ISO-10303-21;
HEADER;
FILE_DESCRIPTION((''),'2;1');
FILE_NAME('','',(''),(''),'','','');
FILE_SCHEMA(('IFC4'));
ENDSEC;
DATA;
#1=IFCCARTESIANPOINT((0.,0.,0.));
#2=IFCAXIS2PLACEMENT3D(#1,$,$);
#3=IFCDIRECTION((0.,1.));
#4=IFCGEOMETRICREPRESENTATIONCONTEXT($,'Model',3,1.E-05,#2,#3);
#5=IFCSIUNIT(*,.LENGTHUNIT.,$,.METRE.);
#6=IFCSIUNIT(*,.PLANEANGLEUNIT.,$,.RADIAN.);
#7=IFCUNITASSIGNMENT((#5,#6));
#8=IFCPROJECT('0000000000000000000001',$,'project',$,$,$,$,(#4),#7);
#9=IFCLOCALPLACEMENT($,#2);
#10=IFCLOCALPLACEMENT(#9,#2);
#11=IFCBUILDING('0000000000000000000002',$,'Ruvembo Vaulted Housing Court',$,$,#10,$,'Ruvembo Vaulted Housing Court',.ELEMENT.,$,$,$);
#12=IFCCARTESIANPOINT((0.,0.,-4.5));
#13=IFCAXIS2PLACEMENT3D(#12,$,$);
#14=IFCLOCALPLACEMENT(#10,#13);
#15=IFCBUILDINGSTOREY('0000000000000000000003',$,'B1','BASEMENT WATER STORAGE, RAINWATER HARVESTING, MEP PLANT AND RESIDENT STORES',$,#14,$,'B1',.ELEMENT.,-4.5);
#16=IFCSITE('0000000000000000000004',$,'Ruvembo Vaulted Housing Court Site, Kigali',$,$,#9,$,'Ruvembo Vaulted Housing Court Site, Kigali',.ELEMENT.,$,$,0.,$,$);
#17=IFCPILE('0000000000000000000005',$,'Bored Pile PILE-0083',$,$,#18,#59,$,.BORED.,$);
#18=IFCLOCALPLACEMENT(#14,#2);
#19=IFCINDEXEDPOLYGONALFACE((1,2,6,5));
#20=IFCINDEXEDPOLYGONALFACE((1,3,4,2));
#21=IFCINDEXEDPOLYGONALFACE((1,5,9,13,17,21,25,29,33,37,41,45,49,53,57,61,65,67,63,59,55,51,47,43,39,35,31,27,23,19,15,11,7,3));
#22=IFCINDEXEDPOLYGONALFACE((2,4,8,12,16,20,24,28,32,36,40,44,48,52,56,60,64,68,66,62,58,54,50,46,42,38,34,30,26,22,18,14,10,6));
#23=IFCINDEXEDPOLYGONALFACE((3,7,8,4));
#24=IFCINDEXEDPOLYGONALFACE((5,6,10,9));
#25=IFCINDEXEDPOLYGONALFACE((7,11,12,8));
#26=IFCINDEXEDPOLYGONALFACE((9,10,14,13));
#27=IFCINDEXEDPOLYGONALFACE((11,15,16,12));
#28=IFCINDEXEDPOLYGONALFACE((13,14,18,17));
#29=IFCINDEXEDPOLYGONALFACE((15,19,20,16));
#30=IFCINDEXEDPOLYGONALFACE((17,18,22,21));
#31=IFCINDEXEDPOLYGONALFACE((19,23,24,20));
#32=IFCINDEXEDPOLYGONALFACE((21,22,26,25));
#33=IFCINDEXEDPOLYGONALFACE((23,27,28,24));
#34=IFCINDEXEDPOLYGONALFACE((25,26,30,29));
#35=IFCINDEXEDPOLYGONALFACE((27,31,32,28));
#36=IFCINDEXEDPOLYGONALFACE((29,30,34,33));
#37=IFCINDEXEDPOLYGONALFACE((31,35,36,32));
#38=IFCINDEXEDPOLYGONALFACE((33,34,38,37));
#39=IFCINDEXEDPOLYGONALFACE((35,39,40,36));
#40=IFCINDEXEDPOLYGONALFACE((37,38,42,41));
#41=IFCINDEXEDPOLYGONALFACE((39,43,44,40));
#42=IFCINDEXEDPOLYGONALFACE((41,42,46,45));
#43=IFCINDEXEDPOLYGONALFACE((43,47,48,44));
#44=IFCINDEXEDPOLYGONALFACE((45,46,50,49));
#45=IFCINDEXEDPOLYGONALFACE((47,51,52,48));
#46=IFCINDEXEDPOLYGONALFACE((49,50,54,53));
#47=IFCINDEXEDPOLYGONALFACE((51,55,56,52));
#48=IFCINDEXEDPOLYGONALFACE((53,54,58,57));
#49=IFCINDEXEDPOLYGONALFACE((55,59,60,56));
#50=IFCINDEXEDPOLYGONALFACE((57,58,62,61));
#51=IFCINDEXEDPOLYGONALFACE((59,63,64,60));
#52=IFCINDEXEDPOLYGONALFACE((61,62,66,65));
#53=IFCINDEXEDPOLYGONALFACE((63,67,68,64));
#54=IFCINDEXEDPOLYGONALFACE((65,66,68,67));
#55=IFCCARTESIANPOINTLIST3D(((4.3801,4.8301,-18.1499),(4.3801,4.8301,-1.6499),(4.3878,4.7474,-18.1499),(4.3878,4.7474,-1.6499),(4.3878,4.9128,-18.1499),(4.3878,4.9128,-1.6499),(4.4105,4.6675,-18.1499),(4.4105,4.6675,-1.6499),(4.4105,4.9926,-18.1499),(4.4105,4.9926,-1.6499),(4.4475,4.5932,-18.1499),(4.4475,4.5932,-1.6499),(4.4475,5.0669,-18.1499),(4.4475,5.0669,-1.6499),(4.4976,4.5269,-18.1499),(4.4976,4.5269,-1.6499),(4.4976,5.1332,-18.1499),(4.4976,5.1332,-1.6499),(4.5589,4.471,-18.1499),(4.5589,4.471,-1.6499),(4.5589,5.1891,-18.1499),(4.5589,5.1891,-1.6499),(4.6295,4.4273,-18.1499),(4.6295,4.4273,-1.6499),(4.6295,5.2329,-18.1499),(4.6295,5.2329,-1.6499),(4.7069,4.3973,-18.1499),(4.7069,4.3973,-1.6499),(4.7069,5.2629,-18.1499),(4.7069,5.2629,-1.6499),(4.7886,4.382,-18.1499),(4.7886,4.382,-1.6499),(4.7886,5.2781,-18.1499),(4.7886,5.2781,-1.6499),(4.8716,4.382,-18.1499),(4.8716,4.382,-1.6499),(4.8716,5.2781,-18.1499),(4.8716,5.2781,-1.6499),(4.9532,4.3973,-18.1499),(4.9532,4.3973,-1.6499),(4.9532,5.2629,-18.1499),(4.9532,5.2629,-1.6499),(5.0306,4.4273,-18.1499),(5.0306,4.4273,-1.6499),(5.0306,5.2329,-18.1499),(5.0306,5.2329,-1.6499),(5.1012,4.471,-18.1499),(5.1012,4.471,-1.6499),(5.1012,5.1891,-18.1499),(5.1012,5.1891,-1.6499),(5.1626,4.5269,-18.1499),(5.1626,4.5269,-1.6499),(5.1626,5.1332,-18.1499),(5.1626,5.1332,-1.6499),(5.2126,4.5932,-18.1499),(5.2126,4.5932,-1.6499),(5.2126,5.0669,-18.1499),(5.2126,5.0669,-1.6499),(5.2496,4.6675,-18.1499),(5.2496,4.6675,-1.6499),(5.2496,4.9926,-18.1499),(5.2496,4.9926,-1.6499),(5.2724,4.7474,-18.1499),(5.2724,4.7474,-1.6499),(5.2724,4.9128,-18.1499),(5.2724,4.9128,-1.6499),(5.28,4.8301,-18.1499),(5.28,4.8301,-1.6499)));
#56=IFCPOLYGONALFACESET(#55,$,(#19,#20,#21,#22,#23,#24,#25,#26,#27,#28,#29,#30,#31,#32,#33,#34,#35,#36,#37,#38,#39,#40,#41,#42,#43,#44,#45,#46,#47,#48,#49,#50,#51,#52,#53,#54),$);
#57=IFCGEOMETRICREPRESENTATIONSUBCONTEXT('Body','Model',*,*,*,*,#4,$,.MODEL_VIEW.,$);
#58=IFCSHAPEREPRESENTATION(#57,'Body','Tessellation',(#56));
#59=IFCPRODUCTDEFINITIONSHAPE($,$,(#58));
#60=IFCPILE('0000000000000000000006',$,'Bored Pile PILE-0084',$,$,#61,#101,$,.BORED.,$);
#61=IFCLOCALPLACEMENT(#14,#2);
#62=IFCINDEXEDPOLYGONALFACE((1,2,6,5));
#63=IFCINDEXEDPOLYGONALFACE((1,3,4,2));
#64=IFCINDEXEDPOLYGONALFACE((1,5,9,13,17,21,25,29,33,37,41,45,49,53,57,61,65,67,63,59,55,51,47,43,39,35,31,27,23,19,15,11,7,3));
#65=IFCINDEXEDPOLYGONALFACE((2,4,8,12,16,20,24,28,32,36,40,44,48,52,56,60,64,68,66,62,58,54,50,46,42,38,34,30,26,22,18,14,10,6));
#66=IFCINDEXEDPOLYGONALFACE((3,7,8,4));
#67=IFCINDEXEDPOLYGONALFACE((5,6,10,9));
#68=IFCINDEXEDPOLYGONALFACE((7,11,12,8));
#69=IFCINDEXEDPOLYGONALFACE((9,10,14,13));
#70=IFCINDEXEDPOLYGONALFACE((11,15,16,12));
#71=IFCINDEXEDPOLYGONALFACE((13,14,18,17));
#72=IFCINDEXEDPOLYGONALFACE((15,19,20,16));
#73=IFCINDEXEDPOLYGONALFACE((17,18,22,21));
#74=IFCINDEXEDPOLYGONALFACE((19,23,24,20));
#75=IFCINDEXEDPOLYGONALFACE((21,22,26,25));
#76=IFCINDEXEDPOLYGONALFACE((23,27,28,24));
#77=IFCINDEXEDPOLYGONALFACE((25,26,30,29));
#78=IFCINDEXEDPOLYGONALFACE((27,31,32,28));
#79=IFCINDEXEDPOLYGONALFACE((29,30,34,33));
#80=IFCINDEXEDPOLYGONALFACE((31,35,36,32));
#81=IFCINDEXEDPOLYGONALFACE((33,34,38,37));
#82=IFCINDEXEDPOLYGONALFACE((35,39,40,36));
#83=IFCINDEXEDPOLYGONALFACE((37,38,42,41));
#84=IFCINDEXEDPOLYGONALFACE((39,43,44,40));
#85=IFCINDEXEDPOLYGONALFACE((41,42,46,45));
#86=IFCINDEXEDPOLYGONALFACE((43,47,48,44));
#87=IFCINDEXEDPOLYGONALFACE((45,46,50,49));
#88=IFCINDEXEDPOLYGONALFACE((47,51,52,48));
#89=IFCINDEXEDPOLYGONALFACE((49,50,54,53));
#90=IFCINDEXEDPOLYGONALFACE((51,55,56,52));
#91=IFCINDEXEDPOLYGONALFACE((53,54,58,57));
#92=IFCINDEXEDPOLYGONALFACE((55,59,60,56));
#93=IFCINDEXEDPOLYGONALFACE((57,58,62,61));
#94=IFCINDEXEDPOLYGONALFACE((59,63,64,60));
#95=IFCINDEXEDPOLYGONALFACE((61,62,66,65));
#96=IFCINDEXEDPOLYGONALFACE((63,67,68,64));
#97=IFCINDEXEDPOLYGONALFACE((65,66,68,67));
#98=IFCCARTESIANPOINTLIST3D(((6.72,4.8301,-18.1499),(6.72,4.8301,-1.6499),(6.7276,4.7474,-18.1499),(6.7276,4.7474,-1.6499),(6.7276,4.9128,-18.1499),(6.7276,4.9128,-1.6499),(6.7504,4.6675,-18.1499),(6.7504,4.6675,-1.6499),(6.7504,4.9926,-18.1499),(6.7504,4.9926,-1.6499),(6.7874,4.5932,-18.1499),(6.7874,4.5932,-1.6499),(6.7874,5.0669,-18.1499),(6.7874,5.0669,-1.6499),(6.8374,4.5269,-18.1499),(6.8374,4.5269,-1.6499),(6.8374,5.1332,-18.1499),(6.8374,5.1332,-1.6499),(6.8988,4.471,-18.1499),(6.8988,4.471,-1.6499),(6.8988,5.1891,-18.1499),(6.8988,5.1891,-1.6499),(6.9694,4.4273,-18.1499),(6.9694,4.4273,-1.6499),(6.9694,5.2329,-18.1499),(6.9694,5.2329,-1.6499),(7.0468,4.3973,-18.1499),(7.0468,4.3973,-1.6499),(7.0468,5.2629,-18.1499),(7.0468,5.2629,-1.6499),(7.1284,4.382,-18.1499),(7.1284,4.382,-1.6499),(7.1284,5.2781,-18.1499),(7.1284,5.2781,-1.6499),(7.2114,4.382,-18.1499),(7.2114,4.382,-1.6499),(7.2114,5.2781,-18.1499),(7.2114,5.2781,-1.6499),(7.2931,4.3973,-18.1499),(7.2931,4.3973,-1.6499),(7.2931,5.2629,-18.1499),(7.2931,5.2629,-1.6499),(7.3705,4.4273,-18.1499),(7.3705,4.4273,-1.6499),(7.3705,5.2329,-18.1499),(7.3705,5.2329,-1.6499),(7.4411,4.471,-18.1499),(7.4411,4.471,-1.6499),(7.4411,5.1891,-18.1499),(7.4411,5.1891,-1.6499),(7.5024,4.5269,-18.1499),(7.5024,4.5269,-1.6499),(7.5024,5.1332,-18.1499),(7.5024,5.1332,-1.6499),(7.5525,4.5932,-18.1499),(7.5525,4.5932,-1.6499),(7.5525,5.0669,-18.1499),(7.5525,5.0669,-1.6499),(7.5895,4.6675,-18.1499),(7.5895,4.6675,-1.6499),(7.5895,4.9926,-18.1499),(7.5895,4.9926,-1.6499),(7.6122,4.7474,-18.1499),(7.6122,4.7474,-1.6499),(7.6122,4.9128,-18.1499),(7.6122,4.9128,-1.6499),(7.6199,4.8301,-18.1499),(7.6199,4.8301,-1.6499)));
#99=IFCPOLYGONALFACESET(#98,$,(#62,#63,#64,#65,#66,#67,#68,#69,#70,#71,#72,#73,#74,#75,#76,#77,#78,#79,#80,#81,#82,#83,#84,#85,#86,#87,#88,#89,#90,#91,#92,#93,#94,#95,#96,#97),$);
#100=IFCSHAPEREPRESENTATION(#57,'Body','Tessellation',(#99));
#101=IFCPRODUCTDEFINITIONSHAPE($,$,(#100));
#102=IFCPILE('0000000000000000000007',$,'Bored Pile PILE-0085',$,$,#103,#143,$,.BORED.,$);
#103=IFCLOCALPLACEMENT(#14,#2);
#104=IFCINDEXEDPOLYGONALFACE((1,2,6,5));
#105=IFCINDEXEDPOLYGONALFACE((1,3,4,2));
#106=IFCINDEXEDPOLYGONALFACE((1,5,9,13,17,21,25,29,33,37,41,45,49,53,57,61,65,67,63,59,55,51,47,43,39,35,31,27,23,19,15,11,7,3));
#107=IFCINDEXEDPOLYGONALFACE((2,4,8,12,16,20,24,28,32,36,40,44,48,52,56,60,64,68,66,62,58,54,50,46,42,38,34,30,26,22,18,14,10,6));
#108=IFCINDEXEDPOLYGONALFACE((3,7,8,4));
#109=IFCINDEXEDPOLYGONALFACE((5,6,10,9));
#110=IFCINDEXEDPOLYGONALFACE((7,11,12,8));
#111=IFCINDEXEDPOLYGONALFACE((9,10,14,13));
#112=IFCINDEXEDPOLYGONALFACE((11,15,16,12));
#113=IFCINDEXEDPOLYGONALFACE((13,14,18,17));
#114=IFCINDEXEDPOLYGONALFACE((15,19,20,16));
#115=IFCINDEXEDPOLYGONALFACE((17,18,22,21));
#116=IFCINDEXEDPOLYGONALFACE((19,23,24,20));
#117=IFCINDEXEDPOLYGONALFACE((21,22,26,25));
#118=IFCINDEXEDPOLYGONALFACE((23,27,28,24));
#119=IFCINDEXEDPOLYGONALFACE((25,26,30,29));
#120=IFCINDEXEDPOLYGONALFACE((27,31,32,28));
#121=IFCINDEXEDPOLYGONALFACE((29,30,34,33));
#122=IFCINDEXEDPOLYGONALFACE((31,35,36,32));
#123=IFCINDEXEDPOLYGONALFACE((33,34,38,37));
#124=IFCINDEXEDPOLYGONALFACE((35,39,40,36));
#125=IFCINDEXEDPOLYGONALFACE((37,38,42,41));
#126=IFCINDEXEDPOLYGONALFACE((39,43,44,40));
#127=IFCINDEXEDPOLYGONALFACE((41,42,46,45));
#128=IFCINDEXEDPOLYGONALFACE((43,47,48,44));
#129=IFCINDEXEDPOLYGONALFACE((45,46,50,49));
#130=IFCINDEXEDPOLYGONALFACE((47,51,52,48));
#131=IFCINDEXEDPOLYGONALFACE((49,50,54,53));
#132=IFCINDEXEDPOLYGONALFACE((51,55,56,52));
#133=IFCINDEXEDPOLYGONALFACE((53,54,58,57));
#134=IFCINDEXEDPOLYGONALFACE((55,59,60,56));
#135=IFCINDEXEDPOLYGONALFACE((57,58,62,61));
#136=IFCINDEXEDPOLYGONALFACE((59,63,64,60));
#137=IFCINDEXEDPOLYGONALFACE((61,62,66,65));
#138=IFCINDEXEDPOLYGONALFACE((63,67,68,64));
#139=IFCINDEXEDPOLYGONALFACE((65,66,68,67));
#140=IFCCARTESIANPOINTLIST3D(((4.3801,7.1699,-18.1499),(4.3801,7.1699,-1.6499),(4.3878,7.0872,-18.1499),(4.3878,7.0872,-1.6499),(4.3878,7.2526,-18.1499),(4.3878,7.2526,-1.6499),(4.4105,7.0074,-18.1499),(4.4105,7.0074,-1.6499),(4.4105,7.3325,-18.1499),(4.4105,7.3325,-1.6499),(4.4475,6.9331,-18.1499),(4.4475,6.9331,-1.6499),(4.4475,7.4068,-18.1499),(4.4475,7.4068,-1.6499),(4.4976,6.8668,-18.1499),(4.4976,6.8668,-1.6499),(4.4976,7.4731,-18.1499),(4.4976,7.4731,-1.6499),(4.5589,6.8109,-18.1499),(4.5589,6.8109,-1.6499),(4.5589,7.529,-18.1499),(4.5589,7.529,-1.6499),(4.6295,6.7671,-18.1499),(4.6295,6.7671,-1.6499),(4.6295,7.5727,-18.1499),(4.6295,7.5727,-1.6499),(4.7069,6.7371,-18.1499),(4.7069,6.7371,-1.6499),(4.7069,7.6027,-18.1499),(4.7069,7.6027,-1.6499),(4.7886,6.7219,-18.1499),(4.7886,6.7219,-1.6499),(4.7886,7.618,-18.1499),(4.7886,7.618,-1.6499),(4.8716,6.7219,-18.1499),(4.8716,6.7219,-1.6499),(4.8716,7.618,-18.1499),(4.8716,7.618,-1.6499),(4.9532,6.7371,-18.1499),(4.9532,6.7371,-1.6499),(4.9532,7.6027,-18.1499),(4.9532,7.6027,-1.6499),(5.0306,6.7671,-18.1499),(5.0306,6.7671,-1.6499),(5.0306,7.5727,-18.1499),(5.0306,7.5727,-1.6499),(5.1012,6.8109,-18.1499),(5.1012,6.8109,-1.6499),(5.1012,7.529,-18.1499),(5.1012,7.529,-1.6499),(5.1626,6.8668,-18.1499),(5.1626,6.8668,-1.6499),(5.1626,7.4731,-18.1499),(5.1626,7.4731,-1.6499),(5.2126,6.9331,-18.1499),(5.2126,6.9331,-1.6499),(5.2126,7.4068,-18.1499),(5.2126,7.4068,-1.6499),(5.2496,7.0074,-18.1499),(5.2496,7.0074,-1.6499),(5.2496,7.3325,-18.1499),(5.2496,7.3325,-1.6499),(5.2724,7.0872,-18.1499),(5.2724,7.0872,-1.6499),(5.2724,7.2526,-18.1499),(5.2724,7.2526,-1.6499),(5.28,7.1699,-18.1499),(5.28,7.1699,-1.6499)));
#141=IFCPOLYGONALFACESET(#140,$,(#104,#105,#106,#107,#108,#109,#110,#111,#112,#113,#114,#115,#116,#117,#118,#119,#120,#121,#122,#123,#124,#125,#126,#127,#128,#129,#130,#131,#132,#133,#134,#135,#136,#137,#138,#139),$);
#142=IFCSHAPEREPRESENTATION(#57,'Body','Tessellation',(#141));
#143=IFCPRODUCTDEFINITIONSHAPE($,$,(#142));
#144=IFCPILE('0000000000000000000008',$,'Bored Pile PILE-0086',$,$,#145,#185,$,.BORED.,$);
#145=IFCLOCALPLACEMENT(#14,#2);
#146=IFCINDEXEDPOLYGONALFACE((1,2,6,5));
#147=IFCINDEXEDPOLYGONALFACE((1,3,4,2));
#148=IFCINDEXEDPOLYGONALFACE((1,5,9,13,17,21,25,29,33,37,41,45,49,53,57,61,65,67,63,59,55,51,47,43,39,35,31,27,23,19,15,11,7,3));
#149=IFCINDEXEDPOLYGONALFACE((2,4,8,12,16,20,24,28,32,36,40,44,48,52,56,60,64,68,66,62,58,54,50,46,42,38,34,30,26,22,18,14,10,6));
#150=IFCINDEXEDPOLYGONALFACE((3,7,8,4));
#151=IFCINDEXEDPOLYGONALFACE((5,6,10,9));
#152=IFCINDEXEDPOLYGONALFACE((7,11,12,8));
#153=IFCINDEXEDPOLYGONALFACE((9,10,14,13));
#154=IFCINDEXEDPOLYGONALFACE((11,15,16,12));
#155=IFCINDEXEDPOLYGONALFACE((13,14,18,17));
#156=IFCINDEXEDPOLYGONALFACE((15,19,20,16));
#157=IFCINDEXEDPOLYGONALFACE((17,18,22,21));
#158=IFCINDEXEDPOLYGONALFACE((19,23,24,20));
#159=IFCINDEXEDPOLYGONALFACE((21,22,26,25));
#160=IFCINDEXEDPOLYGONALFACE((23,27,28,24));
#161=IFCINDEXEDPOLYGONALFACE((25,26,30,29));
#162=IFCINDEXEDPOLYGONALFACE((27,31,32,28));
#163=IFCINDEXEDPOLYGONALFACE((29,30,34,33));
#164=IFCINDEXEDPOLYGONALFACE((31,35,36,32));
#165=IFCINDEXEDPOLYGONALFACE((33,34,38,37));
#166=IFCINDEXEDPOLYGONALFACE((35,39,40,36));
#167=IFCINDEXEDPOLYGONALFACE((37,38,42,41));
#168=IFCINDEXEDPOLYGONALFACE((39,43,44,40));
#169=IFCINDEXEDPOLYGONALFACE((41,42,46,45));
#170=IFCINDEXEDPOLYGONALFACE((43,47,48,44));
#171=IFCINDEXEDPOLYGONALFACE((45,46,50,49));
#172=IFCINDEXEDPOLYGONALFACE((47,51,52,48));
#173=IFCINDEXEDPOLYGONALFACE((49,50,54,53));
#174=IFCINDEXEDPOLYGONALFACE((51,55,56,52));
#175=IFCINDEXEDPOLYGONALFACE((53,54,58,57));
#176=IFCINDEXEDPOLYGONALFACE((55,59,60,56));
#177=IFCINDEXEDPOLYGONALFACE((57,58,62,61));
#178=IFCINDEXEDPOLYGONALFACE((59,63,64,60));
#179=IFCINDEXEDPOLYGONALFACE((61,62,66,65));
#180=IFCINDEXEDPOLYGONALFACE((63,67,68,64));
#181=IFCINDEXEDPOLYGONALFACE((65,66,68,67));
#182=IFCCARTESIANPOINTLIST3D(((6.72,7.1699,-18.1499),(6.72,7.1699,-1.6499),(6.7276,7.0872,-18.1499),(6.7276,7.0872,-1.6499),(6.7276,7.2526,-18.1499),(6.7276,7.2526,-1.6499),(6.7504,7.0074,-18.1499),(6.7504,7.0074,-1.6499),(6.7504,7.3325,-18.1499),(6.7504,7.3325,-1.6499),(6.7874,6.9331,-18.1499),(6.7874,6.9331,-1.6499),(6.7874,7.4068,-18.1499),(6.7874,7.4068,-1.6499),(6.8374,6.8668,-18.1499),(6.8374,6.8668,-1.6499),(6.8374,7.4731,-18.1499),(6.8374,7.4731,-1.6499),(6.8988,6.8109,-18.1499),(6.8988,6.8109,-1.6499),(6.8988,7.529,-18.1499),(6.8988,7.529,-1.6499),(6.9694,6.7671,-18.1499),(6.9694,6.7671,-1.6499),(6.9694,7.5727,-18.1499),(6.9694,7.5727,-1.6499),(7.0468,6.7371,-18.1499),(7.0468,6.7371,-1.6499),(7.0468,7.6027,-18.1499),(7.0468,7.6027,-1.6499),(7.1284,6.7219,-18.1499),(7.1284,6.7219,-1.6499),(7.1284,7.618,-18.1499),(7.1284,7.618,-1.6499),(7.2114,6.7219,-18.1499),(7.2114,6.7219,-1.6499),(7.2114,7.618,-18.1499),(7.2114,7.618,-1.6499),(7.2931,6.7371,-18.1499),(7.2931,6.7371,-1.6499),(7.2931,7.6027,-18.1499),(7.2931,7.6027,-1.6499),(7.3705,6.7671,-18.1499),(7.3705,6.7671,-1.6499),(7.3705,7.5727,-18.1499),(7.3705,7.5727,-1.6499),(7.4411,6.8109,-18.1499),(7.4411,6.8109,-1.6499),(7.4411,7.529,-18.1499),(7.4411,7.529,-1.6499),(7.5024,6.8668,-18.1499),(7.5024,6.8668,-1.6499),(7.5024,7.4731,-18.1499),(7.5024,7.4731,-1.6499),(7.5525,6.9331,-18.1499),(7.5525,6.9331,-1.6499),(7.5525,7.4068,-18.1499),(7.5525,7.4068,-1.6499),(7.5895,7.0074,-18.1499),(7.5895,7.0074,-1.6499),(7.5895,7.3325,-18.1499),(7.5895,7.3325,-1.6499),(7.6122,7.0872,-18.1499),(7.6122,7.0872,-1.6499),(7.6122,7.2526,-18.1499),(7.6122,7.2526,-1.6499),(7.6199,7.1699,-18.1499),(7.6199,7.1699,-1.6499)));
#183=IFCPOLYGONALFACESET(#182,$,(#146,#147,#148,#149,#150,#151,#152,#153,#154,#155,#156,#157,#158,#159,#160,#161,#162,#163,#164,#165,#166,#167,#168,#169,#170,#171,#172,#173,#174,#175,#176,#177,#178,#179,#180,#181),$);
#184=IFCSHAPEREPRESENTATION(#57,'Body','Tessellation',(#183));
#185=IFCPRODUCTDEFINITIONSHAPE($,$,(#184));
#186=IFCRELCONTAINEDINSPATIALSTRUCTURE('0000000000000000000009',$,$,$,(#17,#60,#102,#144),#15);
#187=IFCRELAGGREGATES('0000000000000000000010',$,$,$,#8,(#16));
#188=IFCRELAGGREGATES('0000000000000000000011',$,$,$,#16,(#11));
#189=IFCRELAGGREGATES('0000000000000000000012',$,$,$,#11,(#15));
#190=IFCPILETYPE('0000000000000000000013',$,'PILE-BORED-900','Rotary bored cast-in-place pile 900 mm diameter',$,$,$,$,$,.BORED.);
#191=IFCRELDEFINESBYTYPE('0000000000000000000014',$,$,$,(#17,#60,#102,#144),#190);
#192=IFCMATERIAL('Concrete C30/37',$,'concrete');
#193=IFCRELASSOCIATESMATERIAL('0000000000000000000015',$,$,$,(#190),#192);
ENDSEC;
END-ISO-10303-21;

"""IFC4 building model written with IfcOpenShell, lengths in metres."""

from ifc_helpers import new_model, si_unit, direction, frame, origin, origin_2d, place, context, subcontext, project, spatial, circle, extrude, material, material_profile, profile_set, type_object, element, save


model = new_model("IFC4")

# Units and contexts
model_context = context("Model", 3, precision=1e-05, world=origin(), true_north=direction((0.0, 1.0)))
body_context = subcontext(model_context, "Body", "Model", "MODEL_VIEW")
ifc_project = project(units=[si_unit("LENGTHUNIT", "METRE"), si_unit("PLANEANGLEUNIT", "RADIAN")], contexts=[model_context])

# Site, building, storey
site_placement = place(None, origin())
site = spatial("IfcSite", under=ifc_project, at=site_placement, Name="Ruvembo Vaulted Housing Court Site, Kigali", LongName="Ruvembo Vaulted Housing Court Site, Kigali", CompositionType="ELEMENT", RefElevation=0.0)
building_placement = place(site_placement, origin())
building = spatial("IfcBuilding", under=site, at=building_placement, Name="Ruvembo Vaulted Housing Court", LongName="Ruvembo Vaulted Housing Court", CompositionType="ELEMENT")
storey_placement = place(building_placement, frame((0.0, 0.0, -4.5)))
storey = spatial("IfcBuildingStorey", under=building, at=storey_placement, Name="B1", Description="BASEMENT WATER STORAGE, RAINWATER HARVESTING, MEP PLANT AND RESIDENT STORES", LongName="B1", CompositionType="ELEMENT", Elevation=-4.5)

# Piles
ifc_material_1 = material(Name="Concrete C30/37", Category="concrete")
ifc_material_profile_1 = material_profile(ifc_material_1, circle(Radius=0.45, at=origin_2d()), Name="PILE D900")
ifc_profile_set_1 = profile_set([ifc_material_profile_1], Name="Concrete C30/37")
pile_type = type_object("IfcPileType", Name="PILE-BORED-900", Description="Rotary bored cast-in-place pile 900 mm diameter", PredefinedType="BORED", material=ifc_profile_set_1)
for number, where, z_axis, x_axis, name in (
    (1, (4.8301, 4.8301, -1.6499), (0.0, 0.0, -1.0), (1.0, 0.0, 0.0), "Bored Pile PILE-0083"),
    (2, (7.1699, 4.8301, -1.6499), (0.0, 0.0, -1.0), (1.0, 0.0, 0.0), "Bored Pile PILE-0084"),
    (3, (4.8301, 7.1699, -1.6499), (0.0, 0.0, -1.0), (1.0, 0.0, 0.0), "Bored Pile PILE-0085"),
    (4, (7.1699, 7.1699, -1.6499), (0.0, 0.0, -1.0), (1.0, 0.0, 0.0), "Bored Pile PILE-0086"),
):
    element("IfcPile", number, at=place(storey_placement, frame(where, z_axis=z_axis, x_axis=x_axis)), inside=storey, type_object=pile_type, Name=name, PredefinedType="BORED", context=body_context, shape_type="SweptSolid", body=[
        extrude(circle(Radius=0.45, at=origin_2d()), origin(), (0.0, 0.0, 1.0), 16.5),
    ])

save(model, "model.ifc")
